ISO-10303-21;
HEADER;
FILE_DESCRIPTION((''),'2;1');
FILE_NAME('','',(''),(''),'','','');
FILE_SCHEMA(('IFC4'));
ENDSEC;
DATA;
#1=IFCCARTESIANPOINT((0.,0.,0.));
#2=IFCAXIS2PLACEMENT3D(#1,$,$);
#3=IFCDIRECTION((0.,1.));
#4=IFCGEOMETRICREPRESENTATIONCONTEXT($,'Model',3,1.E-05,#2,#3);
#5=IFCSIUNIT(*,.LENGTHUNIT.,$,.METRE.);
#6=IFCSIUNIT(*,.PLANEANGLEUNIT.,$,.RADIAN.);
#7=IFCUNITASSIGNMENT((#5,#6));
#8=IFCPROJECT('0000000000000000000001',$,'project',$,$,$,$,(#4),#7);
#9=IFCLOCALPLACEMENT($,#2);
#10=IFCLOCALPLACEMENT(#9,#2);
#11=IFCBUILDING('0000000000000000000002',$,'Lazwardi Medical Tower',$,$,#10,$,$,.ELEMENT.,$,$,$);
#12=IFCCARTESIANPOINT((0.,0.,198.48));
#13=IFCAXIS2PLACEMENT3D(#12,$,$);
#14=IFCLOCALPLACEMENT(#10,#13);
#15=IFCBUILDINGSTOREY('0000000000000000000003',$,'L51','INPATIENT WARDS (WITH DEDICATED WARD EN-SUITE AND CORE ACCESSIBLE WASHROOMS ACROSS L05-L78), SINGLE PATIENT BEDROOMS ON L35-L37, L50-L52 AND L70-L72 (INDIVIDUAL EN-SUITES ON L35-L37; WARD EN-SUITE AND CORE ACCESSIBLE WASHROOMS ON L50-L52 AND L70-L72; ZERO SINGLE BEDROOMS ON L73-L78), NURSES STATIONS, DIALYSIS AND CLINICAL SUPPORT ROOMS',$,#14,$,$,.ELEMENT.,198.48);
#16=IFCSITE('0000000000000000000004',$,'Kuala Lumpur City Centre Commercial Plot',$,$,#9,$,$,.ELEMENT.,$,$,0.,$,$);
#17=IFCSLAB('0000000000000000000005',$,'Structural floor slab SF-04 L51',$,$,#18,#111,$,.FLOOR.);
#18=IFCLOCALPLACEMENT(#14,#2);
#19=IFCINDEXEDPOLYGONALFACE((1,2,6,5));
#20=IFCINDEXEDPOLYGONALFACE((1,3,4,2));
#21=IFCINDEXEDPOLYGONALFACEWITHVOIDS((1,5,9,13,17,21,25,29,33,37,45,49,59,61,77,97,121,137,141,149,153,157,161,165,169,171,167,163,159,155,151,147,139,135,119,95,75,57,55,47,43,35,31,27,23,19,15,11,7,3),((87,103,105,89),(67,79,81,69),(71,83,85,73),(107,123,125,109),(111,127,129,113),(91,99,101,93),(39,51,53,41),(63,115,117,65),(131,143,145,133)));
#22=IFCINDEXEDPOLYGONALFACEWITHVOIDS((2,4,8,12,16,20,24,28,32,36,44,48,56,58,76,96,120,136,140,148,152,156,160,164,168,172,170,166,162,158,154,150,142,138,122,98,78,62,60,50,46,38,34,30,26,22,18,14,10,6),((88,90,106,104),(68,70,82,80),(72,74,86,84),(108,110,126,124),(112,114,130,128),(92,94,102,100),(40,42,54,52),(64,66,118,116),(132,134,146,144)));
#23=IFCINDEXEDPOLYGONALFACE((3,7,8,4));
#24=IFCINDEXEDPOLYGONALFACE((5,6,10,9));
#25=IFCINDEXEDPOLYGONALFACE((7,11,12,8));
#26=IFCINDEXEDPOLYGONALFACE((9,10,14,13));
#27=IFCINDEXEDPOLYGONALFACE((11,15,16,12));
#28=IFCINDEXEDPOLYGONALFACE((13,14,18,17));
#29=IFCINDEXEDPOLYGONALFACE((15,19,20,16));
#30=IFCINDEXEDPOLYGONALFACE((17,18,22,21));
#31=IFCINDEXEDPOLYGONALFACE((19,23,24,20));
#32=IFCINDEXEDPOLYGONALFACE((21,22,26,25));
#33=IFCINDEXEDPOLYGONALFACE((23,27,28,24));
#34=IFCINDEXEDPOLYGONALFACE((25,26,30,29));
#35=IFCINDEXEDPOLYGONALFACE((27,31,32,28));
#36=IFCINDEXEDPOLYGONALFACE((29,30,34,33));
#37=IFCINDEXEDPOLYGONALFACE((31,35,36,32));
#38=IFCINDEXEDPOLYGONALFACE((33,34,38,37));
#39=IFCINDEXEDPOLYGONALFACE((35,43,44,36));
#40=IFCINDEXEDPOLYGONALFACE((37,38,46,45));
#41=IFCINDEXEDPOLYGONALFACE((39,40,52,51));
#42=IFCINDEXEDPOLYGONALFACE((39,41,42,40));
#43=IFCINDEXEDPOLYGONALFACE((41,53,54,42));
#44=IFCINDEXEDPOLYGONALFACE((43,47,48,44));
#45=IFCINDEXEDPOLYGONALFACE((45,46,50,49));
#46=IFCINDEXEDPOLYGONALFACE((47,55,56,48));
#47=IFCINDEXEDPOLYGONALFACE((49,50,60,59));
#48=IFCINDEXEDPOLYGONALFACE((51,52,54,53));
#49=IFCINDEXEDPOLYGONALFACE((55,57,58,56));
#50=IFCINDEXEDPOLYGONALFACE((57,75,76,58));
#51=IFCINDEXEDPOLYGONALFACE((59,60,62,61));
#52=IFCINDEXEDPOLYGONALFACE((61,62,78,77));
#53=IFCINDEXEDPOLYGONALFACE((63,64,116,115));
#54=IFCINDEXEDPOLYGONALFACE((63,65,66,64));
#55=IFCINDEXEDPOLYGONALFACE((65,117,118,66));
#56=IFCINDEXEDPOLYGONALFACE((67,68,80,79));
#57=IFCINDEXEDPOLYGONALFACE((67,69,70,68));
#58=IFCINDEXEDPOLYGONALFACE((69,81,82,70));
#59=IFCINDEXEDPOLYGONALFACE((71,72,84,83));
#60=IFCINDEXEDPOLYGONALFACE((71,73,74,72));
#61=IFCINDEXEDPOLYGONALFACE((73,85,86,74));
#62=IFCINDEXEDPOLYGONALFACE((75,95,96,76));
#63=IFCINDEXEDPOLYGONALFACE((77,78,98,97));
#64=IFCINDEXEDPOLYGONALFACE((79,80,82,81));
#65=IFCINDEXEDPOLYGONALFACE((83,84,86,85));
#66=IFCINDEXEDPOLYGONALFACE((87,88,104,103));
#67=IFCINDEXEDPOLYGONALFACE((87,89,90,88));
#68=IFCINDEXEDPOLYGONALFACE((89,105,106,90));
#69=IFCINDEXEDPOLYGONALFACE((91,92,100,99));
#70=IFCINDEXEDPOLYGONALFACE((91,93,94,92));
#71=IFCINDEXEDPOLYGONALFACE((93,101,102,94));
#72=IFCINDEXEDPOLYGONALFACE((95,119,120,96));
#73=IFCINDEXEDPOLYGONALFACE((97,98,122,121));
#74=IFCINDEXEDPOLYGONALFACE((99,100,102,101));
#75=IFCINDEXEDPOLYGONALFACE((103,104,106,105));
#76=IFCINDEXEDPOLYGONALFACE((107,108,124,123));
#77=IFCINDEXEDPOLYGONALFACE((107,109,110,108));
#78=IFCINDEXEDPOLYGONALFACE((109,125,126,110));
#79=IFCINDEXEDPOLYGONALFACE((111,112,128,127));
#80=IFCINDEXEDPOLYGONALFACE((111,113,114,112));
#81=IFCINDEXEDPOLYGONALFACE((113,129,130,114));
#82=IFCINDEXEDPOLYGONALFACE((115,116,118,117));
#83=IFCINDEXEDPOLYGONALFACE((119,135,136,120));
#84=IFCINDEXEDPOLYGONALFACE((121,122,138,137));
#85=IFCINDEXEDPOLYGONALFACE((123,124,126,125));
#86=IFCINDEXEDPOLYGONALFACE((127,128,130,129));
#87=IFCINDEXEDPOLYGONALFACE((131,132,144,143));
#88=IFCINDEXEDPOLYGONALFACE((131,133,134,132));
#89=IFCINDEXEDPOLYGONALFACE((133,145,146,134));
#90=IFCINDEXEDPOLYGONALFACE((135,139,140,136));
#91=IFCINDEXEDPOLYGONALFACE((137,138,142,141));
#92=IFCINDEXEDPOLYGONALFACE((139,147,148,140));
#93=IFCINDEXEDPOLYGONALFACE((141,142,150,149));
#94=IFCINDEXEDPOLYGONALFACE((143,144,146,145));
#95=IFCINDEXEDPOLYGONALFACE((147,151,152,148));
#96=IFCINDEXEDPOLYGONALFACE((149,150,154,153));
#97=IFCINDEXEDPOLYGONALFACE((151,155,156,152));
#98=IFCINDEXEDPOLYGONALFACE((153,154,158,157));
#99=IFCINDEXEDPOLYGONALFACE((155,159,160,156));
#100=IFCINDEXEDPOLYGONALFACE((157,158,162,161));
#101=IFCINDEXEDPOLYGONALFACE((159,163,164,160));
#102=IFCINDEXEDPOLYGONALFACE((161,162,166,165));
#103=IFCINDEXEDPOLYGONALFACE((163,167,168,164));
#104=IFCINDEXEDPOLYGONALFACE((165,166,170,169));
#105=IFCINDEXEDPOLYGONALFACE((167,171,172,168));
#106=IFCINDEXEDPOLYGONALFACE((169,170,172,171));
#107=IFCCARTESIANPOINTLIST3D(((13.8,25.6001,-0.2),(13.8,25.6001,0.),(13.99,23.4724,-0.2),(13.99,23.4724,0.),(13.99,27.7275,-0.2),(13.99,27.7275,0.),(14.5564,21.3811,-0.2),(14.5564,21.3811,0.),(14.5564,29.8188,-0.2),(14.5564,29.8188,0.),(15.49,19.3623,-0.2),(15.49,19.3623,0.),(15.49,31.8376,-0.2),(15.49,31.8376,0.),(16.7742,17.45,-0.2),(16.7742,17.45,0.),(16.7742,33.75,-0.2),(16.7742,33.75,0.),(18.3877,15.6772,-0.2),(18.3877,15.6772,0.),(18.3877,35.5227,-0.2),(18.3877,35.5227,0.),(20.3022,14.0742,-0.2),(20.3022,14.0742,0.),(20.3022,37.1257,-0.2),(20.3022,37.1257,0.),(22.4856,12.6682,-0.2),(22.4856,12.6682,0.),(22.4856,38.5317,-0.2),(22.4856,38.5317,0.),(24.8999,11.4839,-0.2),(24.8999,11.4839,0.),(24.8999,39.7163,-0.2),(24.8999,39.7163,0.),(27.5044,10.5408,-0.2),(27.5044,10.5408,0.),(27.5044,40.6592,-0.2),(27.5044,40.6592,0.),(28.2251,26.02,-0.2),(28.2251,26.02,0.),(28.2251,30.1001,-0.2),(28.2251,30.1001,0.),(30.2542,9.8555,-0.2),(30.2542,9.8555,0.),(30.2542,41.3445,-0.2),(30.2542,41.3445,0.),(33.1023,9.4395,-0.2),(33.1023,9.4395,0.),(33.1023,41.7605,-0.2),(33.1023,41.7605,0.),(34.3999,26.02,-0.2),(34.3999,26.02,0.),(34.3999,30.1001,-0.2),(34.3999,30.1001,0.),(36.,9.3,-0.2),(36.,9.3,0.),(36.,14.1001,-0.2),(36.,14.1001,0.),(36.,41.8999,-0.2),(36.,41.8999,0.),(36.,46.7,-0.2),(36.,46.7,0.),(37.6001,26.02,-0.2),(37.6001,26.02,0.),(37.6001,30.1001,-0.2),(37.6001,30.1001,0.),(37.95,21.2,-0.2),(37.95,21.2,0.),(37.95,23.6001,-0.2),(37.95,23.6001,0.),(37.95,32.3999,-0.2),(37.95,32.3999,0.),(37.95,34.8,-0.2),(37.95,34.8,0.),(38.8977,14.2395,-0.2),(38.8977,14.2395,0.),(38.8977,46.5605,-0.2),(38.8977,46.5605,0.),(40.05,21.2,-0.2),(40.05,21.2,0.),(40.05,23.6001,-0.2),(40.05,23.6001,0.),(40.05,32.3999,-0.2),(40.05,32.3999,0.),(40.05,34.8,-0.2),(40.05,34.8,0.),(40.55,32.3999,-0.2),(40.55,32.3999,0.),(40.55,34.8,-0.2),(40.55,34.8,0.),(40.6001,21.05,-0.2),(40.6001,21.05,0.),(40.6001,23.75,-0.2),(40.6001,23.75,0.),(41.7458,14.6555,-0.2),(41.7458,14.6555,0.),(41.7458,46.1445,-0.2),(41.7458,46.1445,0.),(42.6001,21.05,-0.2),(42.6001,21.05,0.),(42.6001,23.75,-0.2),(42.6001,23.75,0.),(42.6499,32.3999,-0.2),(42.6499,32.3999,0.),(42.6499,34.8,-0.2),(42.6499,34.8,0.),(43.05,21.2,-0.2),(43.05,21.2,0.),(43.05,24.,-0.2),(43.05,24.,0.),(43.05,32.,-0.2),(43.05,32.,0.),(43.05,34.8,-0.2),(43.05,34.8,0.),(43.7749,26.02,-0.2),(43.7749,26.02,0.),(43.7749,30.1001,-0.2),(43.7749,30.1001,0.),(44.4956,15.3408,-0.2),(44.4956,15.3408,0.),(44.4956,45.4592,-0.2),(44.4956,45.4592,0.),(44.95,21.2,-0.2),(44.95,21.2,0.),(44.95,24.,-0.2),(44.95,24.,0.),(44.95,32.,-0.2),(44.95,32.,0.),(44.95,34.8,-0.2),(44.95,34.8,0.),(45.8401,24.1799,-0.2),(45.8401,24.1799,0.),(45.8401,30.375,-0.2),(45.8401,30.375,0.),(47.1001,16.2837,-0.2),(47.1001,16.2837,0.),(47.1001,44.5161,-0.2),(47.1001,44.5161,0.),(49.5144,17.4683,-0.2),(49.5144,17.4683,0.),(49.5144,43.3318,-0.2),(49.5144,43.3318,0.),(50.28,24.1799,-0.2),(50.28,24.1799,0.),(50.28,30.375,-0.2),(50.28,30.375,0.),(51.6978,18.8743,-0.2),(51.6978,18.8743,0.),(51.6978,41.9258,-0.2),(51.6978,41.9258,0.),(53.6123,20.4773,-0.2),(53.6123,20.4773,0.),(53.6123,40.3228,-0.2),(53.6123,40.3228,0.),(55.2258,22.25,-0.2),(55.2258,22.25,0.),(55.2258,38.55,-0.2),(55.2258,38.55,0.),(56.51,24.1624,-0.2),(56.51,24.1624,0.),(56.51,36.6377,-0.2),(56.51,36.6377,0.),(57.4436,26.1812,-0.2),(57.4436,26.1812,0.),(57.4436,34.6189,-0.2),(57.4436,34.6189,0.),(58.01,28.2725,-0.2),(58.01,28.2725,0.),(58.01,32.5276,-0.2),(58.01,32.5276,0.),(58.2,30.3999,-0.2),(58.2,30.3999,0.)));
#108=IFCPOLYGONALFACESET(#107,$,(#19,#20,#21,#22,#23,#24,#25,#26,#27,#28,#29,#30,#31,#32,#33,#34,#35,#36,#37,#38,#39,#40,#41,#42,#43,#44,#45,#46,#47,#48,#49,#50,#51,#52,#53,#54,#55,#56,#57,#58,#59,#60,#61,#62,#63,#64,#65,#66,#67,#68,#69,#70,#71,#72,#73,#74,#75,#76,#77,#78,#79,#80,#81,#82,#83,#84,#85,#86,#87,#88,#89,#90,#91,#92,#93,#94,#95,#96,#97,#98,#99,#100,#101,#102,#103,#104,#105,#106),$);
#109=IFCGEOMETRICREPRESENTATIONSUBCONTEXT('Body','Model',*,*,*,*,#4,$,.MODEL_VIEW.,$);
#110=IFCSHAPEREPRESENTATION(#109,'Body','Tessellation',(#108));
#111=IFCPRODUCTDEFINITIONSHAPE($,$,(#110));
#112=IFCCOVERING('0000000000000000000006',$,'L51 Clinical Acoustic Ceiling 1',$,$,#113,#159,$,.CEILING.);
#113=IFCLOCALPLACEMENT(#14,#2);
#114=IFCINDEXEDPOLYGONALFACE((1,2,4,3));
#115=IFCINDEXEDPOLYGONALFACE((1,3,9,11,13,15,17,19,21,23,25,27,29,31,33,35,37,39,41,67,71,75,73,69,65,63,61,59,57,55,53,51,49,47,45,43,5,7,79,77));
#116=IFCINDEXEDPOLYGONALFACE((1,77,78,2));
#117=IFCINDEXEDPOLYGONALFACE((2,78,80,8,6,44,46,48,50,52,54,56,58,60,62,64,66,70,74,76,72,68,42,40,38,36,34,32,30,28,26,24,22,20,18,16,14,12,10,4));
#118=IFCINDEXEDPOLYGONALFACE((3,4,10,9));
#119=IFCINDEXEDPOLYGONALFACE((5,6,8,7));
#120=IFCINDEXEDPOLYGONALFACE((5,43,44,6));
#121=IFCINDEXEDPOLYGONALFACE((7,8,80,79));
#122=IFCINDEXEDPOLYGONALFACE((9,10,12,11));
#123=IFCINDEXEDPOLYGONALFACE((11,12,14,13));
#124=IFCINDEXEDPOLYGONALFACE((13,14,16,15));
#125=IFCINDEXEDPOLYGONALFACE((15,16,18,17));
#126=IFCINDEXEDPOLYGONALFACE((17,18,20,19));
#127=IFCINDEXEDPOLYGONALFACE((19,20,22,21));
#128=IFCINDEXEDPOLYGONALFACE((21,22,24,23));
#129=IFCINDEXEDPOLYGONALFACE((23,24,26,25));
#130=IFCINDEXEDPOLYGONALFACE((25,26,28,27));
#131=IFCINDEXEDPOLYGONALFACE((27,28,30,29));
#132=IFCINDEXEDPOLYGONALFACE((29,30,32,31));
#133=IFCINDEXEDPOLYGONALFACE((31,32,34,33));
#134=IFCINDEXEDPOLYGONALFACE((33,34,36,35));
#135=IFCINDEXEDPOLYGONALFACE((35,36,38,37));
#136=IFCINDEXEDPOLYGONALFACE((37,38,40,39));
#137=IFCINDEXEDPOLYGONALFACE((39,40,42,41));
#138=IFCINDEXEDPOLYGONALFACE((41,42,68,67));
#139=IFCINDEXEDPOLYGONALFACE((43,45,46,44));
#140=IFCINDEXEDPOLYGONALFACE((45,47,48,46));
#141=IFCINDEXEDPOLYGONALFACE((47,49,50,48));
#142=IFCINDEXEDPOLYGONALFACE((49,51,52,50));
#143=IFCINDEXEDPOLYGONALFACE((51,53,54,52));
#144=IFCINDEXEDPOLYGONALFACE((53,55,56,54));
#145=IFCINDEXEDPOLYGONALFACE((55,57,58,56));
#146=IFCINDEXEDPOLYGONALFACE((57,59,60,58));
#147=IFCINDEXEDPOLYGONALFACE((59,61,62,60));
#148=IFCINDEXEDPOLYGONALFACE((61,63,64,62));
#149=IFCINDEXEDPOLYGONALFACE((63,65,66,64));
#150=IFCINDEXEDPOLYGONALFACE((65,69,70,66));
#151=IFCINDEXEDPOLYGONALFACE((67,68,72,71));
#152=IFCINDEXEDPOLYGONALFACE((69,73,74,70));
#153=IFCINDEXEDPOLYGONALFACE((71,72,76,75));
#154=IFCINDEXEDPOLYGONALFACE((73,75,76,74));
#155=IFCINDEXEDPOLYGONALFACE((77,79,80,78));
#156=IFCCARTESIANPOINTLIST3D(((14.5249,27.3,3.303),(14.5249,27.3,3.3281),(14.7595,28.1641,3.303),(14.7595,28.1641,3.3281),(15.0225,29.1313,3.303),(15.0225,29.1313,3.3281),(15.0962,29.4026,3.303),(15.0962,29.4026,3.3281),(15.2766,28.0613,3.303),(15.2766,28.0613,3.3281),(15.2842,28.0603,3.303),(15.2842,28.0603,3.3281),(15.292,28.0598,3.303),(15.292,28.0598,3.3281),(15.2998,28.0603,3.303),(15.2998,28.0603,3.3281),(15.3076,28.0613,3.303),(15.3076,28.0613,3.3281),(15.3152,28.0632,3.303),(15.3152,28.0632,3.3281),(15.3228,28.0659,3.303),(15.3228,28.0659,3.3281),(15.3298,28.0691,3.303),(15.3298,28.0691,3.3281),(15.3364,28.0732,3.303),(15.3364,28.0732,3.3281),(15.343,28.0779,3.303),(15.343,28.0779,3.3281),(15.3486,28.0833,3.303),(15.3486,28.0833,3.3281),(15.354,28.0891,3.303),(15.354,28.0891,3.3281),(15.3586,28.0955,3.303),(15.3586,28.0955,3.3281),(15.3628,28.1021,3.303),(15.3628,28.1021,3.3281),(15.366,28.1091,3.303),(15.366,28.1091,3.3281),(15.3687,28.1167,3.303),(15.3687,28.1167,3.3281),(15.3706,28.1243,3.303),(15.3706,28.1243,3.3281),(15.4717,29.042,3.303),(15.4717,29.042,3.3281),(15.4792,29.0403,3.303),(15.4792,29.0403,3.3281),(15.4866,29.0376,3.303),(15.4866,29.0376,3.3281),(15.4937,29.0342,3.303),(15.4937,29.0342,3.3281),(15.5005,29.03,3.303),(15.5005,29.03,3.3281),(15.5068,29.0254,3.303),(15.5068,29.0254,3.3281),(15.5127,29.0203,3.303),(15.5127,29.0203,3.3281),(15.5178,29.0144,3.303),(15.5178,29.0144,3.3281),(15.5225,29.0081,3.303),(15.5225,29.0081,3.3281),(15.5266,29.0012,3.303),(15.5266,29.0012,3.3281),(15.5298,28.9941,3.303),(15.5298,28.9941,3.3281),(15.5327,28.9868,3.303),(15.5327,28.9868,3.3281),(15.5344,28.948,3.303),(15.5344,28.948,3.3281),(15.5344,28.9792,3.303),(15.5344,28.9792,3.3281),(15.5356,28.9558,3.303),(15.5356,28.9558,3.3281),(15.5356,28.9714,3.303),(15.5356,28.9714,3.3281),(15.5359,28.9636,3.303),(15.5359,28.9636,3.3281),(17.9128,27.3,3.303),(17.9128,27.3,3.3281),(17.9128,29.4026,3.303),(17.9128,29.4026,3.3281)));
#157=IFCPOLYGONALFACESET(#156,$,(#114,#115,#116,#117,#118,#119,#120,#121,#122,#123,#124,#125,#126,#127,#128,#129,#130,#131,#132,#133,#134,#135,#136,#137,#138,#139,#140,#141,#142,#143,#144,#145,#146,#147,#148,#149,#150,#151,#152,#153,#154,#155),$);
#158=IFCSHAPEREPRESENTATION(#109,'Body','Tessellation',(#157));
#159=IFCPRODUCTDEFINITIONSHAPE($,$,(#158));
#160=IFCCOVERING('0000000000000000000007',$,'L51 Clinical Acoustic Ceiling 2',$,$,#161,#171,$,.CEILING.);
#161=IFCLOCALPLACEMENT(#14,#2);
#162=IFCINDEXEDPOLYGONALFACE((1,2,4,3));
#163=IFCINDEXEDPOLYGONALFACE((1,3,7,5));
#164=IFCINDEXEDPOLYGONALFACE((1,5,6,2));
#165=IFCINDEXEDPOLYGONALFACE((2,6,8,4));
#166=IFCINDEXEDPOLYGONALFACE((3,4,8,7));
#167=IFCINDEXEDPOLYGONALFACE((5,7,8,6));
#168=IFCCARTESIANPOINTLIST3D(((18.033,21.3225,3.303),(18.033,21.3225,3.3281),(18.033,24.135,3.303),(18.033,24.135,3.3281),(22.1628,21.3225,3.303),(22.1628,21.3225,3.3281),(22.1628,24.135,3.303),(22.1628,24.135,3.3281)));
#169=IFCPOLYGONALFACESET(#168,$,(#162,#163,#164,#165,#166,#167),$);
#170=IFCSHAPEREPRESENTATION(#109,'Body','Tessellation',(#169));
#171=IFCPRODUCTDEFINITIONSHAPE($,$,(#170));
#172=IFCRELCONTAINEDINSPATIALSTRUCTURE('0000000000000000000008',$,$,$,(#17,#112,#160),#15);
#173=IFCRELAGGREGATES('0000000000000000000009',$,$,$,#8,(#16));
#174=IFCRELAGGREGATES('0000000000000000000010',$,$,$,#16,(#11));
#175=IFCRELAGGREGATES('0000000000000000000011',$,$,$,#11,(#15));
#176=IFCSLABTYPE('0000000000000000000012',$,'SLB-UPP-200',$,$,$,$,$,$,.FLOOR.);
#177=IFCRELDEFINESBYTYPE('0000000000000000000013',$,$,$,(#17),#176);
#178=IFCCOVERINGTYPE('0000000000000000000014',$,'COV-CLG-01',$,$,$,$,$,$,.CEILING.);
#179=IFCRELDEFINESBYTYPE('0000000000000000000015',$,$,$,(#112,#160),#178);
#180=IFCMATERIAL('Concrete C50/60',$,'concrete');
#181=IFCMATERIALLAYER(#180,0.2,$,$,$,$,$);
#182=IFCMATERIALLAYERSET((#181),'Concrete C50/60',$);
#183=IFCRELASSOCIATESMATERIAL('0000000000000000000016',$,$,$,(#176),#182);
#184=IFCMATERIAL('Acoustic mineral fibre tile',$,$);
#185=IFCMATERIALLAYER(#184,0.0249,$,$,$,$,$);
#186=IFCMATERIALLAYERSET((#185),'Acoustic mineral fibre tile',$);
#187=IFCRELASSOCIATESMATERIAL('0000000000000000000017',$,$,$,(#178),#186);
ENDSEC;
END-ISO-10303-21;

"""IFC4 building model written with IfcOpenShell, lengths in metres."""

from ifc_helpers import new_model, si_unit, direction, frame, origin, place, context, subcontext, project, spatial, polyline, outline, extrude, material, layer, layer_set, type_object, element, save


model = new_model("IFC4")

# Units and contexts
model_context = context("Model", 3, precision=1e-05, world=origin(), true_north=direction((0.0, 1.0)))
body_context = subcontext(model_context, "Body", "Model", "MODEL_VIEW")
ifc_project = project(units=[si_unit("LENGTHUNIT", "METRE"), si_unit("PLANEANGLEUNIT", "RADIAN")], contexts=[model_context])

# Site, building, storey
site_placement = place(None, origin())
site = spatial("IfcSite", under=ifc_project, at=site_placement, Name="Kuala Lumpur City Centre Commercial Plot", CompositionType="ELEMENT", RefElevation=0.0)
building_placement = place(site_placement, origin())
building = spatial("IfcBuilding", under=site, at=building_placement, Name="Lazwardi Medical Tower", CompositionType="ELEMENT")
storey_placement = place(building_placement, frame((0.0, 0.0, 198.48)))
storey = spatial("IfcBuildingStorey", under=building, at=storey_placement, Name="L51", Description="INPATIENT WARDS (WITH DEDICATED WARD EN-SUITE AND CORE ACCESSIBLE WASHROOMS ACROSS L05-L78), SINGLE PATIENT BEDROOMS ON L35-L37, L50-L52 AND L70-L72 (INDIVIDUAL EN-SUITES ON L35-L37; WARD EN-SUITE AND CORE ACCESSIBLE WASHROOMS ON L50-L52 AND L70-L72; ZERO SINGLE BEDROOMS ON L73-L78), NURSES STATIONS, DIALYSIS AND CLINICAL SUPPORT ROOMS", CompositionType="ELEMENT", Elevation=198.48)

# Slab
ifc_material_1 = material(Name="Concrete C50/60", Category="concrete")
ifc_layer_1 = layer(ifc_material_1, 0.2)
ifc_layer_set_1 = layer_set([ifc_layer_1], Name="Concrete C50/60")
slab_type = type_object("IfcSlabType", Name="SLB-UPP-200", PredefinedType="FLOOR", material=ifc_layer_set_1)
slab_placement = place(storey_placement, frame((0.0, 0.0, -0.2)))
element("IfcSlab", 1, at=slab_placement, inside=storey, type_object=slab_type, Name="Structural floor slab SF-04 L51", PredefinedType="FLOOR", context=body_context, shape_type="SweptSolid", body=[
    extrude(outline(polyline([(18.3877, 15.6772), (20.3022, 14.0742), (22.4856, 12.6682), (24.8999, 11.4839), (27.5044, 10.5408), (30.2542, 9.8555), (33.1023, 9.4395), (36.0, 9.3), (36.0, 14.1001), (38.8977, 14.2395), (41.7458, 14.6555), (44.4956, 15.3408), (47.1001, 16.2837), (49.5144, 17.4683), (51.6978, 18.8743), (53.6123, 20.4773), (55.2258, 22.25), (56.51, 24.1624), (57.4436, 26.1812), (58.01, 28.2725), (58.2, 30.3999), (58.01, 32.5276), (57.4436, 34.6189), (56.51, 36.6377), (55.2258, 38.55), (53.6123, 40.3228), (51.6978, 41.9258), (49.5144, 43.3318), (47.1001, 44.5161), (44.4956, 45.4592), (41.7458, 46.1445), (38.8977, 46.5605), (36.0, 46.7), (36.0, 41.8999), (33.1023, 41.7605), (30.2542, 41.3445), (27.5044, 40.6592), (24.8999, 39.7163), (22.4856, 38.5317), (20.3022, 37.1257), (18.3877, 35.5227), (16.7742, 33.75), (15.49, 31.8376), (14.5564, 29.8188), (13.99, 27.7275), (13.8, 25.6001), (13.99, 23.4724), (14.5564, 21.3811), (15.49, 19.3623), (16.7742, 17.45), (18.3877, 15.6772)]), holes=[polyline([(28.2251, 26.02), (28.2251, 30.1001), (34.3999, 30.1001), (34.3999, 26.02), (28.2251, 26.02)]), polyline([(37.6001, 30.1001), (43.7749, 30.1001), (43.7749, 26.02), (37.6001, 26.02), (37.6001, 30.1001)]), polyline([(50.28, 30.375), (50.28, 24.1799), (45.8401, 24.1799), (45.8401, 30.375), (50.28, 30.375)]), polyline([(40.05, 32.3999), (37.95, 32.3999), (37.95, 34.8), (40.05, 34.8), (40.05, 32.3999)]), polyline([(40.55, 32.3999), (40.55, 34.8), (42.6499, 34.8), (42.6499, 32.3999), (40.55, 32.3999)]), polyline([(37.95, 23.6001), (40.05, 23.6001), (40.05, 21.2), (37.95, 21.2), (37.95, 23.6001)]), polyline([(44.95, 34.8), (44.95, 32.0), (43.05, 32.0), (43.05, 34.8), (44.95, 34.8)]), polyline([(44.95, 21.2), (43.05, 21.2), (43.05, 24.0), (44.95, 24.0), (44.95, 21.2)]), polyline([(40.6001, 21.05), (40.6001, 23.75), (42.6001, 23.75), (42.6001, 21.05), (40.6001, 21.05)])]), origin(), (0.0, 0.0, 1.0), 0.2),
])

# Coverings
ifc_material_2 = material(Name="Acoustic mineral fibre tile")
ifc_layer_2 = layer(ifc_material_2, 0.0249)
ifc_layer_set_2 = layer_set([ifc_layer_2], Name="Acoustic mineral fibre tile")
covering_type_1 = type_object("IfcCoveringType", Name="COV-CLG-01", PredefinedType="CEILING", material=ifc_layer_set_2)
covering_1_placement = place(storey_placement, frame((0.0, 0.0, 3.303)))
element("IfcCovering", 2, at=covering_1_placement, inside=storey, type_object=covering_type_1, Name="L51 Clinical Acoustic Ceiling 1", PredefinedType="CEILING", context=body_context, shape_type="SweptSolid", body=[
    extrude(outline(polyline([(15.0962, 29.4026), (15.0225, 29.1313), (15.4717, 29.042), (15.4792, 29.0403), (15.4866, 29.0376), (15.4937, 29.0342), (15.5005, 29.03), (15.5068, 29.0254), (15.5127, 29.0203), (15.5178, 29.0144), (15.5225, 29.0081), (15.5266, 29.0012), (15.5298, 28.9941), (15.5327, 28.9868), (15.5344, 28.9792), (15.5356, 28.9714), (15.5359, 28.9636), (15.5356, 28.9558), (15.5344, 28.948), (15.3706, 28.1243), (15.3687, 28.1167), (15.366, 28.1091), (15.3628, 28.1021), (15.3586, 28.0955), (15.354, 28.0891), (15.3486, 28.0833), (15.343, 28.0779), (15.3364, 28.0732), (15.3298, 28.0691), (15.3228, 28.0659), (15.3152, 28.0632), (15.3076, 28.0613), (15.2998, 28.0603), (15.292, 28.0598), (15.2842, 28.0603), (15.2766, 28.0613), (14.7595, 28.1641), (14.5249, 27.3), (17.9128, 27.3), (17.9128, 29.4026), (15.0962, 29.4026)])), origin(), (0.0, 0.0, 1.0), 0.0251),
])
covering_2_placement = place(storey_placement, frame((0.0, 0.0, 3.303)))
element("IfcCovering", 3, at=covering_2_placement, inside=storey, type_object=covering_type_1, Name="L51 Clinical Acoustic Ceiling 2", PredefinedType="CEILING", context=body_context, shape_type="SweptSolid", body=[
    extrude(outline(polyline([(22.1628, 24.135), (18.033, 24.135), (18.033, 21.3225), (22.1628, 21.3225), (22.1628, 24.135)])), origin(), (0.0, 0.0, 1.0), 0.0251),
])

save(model, "model.ifc")
